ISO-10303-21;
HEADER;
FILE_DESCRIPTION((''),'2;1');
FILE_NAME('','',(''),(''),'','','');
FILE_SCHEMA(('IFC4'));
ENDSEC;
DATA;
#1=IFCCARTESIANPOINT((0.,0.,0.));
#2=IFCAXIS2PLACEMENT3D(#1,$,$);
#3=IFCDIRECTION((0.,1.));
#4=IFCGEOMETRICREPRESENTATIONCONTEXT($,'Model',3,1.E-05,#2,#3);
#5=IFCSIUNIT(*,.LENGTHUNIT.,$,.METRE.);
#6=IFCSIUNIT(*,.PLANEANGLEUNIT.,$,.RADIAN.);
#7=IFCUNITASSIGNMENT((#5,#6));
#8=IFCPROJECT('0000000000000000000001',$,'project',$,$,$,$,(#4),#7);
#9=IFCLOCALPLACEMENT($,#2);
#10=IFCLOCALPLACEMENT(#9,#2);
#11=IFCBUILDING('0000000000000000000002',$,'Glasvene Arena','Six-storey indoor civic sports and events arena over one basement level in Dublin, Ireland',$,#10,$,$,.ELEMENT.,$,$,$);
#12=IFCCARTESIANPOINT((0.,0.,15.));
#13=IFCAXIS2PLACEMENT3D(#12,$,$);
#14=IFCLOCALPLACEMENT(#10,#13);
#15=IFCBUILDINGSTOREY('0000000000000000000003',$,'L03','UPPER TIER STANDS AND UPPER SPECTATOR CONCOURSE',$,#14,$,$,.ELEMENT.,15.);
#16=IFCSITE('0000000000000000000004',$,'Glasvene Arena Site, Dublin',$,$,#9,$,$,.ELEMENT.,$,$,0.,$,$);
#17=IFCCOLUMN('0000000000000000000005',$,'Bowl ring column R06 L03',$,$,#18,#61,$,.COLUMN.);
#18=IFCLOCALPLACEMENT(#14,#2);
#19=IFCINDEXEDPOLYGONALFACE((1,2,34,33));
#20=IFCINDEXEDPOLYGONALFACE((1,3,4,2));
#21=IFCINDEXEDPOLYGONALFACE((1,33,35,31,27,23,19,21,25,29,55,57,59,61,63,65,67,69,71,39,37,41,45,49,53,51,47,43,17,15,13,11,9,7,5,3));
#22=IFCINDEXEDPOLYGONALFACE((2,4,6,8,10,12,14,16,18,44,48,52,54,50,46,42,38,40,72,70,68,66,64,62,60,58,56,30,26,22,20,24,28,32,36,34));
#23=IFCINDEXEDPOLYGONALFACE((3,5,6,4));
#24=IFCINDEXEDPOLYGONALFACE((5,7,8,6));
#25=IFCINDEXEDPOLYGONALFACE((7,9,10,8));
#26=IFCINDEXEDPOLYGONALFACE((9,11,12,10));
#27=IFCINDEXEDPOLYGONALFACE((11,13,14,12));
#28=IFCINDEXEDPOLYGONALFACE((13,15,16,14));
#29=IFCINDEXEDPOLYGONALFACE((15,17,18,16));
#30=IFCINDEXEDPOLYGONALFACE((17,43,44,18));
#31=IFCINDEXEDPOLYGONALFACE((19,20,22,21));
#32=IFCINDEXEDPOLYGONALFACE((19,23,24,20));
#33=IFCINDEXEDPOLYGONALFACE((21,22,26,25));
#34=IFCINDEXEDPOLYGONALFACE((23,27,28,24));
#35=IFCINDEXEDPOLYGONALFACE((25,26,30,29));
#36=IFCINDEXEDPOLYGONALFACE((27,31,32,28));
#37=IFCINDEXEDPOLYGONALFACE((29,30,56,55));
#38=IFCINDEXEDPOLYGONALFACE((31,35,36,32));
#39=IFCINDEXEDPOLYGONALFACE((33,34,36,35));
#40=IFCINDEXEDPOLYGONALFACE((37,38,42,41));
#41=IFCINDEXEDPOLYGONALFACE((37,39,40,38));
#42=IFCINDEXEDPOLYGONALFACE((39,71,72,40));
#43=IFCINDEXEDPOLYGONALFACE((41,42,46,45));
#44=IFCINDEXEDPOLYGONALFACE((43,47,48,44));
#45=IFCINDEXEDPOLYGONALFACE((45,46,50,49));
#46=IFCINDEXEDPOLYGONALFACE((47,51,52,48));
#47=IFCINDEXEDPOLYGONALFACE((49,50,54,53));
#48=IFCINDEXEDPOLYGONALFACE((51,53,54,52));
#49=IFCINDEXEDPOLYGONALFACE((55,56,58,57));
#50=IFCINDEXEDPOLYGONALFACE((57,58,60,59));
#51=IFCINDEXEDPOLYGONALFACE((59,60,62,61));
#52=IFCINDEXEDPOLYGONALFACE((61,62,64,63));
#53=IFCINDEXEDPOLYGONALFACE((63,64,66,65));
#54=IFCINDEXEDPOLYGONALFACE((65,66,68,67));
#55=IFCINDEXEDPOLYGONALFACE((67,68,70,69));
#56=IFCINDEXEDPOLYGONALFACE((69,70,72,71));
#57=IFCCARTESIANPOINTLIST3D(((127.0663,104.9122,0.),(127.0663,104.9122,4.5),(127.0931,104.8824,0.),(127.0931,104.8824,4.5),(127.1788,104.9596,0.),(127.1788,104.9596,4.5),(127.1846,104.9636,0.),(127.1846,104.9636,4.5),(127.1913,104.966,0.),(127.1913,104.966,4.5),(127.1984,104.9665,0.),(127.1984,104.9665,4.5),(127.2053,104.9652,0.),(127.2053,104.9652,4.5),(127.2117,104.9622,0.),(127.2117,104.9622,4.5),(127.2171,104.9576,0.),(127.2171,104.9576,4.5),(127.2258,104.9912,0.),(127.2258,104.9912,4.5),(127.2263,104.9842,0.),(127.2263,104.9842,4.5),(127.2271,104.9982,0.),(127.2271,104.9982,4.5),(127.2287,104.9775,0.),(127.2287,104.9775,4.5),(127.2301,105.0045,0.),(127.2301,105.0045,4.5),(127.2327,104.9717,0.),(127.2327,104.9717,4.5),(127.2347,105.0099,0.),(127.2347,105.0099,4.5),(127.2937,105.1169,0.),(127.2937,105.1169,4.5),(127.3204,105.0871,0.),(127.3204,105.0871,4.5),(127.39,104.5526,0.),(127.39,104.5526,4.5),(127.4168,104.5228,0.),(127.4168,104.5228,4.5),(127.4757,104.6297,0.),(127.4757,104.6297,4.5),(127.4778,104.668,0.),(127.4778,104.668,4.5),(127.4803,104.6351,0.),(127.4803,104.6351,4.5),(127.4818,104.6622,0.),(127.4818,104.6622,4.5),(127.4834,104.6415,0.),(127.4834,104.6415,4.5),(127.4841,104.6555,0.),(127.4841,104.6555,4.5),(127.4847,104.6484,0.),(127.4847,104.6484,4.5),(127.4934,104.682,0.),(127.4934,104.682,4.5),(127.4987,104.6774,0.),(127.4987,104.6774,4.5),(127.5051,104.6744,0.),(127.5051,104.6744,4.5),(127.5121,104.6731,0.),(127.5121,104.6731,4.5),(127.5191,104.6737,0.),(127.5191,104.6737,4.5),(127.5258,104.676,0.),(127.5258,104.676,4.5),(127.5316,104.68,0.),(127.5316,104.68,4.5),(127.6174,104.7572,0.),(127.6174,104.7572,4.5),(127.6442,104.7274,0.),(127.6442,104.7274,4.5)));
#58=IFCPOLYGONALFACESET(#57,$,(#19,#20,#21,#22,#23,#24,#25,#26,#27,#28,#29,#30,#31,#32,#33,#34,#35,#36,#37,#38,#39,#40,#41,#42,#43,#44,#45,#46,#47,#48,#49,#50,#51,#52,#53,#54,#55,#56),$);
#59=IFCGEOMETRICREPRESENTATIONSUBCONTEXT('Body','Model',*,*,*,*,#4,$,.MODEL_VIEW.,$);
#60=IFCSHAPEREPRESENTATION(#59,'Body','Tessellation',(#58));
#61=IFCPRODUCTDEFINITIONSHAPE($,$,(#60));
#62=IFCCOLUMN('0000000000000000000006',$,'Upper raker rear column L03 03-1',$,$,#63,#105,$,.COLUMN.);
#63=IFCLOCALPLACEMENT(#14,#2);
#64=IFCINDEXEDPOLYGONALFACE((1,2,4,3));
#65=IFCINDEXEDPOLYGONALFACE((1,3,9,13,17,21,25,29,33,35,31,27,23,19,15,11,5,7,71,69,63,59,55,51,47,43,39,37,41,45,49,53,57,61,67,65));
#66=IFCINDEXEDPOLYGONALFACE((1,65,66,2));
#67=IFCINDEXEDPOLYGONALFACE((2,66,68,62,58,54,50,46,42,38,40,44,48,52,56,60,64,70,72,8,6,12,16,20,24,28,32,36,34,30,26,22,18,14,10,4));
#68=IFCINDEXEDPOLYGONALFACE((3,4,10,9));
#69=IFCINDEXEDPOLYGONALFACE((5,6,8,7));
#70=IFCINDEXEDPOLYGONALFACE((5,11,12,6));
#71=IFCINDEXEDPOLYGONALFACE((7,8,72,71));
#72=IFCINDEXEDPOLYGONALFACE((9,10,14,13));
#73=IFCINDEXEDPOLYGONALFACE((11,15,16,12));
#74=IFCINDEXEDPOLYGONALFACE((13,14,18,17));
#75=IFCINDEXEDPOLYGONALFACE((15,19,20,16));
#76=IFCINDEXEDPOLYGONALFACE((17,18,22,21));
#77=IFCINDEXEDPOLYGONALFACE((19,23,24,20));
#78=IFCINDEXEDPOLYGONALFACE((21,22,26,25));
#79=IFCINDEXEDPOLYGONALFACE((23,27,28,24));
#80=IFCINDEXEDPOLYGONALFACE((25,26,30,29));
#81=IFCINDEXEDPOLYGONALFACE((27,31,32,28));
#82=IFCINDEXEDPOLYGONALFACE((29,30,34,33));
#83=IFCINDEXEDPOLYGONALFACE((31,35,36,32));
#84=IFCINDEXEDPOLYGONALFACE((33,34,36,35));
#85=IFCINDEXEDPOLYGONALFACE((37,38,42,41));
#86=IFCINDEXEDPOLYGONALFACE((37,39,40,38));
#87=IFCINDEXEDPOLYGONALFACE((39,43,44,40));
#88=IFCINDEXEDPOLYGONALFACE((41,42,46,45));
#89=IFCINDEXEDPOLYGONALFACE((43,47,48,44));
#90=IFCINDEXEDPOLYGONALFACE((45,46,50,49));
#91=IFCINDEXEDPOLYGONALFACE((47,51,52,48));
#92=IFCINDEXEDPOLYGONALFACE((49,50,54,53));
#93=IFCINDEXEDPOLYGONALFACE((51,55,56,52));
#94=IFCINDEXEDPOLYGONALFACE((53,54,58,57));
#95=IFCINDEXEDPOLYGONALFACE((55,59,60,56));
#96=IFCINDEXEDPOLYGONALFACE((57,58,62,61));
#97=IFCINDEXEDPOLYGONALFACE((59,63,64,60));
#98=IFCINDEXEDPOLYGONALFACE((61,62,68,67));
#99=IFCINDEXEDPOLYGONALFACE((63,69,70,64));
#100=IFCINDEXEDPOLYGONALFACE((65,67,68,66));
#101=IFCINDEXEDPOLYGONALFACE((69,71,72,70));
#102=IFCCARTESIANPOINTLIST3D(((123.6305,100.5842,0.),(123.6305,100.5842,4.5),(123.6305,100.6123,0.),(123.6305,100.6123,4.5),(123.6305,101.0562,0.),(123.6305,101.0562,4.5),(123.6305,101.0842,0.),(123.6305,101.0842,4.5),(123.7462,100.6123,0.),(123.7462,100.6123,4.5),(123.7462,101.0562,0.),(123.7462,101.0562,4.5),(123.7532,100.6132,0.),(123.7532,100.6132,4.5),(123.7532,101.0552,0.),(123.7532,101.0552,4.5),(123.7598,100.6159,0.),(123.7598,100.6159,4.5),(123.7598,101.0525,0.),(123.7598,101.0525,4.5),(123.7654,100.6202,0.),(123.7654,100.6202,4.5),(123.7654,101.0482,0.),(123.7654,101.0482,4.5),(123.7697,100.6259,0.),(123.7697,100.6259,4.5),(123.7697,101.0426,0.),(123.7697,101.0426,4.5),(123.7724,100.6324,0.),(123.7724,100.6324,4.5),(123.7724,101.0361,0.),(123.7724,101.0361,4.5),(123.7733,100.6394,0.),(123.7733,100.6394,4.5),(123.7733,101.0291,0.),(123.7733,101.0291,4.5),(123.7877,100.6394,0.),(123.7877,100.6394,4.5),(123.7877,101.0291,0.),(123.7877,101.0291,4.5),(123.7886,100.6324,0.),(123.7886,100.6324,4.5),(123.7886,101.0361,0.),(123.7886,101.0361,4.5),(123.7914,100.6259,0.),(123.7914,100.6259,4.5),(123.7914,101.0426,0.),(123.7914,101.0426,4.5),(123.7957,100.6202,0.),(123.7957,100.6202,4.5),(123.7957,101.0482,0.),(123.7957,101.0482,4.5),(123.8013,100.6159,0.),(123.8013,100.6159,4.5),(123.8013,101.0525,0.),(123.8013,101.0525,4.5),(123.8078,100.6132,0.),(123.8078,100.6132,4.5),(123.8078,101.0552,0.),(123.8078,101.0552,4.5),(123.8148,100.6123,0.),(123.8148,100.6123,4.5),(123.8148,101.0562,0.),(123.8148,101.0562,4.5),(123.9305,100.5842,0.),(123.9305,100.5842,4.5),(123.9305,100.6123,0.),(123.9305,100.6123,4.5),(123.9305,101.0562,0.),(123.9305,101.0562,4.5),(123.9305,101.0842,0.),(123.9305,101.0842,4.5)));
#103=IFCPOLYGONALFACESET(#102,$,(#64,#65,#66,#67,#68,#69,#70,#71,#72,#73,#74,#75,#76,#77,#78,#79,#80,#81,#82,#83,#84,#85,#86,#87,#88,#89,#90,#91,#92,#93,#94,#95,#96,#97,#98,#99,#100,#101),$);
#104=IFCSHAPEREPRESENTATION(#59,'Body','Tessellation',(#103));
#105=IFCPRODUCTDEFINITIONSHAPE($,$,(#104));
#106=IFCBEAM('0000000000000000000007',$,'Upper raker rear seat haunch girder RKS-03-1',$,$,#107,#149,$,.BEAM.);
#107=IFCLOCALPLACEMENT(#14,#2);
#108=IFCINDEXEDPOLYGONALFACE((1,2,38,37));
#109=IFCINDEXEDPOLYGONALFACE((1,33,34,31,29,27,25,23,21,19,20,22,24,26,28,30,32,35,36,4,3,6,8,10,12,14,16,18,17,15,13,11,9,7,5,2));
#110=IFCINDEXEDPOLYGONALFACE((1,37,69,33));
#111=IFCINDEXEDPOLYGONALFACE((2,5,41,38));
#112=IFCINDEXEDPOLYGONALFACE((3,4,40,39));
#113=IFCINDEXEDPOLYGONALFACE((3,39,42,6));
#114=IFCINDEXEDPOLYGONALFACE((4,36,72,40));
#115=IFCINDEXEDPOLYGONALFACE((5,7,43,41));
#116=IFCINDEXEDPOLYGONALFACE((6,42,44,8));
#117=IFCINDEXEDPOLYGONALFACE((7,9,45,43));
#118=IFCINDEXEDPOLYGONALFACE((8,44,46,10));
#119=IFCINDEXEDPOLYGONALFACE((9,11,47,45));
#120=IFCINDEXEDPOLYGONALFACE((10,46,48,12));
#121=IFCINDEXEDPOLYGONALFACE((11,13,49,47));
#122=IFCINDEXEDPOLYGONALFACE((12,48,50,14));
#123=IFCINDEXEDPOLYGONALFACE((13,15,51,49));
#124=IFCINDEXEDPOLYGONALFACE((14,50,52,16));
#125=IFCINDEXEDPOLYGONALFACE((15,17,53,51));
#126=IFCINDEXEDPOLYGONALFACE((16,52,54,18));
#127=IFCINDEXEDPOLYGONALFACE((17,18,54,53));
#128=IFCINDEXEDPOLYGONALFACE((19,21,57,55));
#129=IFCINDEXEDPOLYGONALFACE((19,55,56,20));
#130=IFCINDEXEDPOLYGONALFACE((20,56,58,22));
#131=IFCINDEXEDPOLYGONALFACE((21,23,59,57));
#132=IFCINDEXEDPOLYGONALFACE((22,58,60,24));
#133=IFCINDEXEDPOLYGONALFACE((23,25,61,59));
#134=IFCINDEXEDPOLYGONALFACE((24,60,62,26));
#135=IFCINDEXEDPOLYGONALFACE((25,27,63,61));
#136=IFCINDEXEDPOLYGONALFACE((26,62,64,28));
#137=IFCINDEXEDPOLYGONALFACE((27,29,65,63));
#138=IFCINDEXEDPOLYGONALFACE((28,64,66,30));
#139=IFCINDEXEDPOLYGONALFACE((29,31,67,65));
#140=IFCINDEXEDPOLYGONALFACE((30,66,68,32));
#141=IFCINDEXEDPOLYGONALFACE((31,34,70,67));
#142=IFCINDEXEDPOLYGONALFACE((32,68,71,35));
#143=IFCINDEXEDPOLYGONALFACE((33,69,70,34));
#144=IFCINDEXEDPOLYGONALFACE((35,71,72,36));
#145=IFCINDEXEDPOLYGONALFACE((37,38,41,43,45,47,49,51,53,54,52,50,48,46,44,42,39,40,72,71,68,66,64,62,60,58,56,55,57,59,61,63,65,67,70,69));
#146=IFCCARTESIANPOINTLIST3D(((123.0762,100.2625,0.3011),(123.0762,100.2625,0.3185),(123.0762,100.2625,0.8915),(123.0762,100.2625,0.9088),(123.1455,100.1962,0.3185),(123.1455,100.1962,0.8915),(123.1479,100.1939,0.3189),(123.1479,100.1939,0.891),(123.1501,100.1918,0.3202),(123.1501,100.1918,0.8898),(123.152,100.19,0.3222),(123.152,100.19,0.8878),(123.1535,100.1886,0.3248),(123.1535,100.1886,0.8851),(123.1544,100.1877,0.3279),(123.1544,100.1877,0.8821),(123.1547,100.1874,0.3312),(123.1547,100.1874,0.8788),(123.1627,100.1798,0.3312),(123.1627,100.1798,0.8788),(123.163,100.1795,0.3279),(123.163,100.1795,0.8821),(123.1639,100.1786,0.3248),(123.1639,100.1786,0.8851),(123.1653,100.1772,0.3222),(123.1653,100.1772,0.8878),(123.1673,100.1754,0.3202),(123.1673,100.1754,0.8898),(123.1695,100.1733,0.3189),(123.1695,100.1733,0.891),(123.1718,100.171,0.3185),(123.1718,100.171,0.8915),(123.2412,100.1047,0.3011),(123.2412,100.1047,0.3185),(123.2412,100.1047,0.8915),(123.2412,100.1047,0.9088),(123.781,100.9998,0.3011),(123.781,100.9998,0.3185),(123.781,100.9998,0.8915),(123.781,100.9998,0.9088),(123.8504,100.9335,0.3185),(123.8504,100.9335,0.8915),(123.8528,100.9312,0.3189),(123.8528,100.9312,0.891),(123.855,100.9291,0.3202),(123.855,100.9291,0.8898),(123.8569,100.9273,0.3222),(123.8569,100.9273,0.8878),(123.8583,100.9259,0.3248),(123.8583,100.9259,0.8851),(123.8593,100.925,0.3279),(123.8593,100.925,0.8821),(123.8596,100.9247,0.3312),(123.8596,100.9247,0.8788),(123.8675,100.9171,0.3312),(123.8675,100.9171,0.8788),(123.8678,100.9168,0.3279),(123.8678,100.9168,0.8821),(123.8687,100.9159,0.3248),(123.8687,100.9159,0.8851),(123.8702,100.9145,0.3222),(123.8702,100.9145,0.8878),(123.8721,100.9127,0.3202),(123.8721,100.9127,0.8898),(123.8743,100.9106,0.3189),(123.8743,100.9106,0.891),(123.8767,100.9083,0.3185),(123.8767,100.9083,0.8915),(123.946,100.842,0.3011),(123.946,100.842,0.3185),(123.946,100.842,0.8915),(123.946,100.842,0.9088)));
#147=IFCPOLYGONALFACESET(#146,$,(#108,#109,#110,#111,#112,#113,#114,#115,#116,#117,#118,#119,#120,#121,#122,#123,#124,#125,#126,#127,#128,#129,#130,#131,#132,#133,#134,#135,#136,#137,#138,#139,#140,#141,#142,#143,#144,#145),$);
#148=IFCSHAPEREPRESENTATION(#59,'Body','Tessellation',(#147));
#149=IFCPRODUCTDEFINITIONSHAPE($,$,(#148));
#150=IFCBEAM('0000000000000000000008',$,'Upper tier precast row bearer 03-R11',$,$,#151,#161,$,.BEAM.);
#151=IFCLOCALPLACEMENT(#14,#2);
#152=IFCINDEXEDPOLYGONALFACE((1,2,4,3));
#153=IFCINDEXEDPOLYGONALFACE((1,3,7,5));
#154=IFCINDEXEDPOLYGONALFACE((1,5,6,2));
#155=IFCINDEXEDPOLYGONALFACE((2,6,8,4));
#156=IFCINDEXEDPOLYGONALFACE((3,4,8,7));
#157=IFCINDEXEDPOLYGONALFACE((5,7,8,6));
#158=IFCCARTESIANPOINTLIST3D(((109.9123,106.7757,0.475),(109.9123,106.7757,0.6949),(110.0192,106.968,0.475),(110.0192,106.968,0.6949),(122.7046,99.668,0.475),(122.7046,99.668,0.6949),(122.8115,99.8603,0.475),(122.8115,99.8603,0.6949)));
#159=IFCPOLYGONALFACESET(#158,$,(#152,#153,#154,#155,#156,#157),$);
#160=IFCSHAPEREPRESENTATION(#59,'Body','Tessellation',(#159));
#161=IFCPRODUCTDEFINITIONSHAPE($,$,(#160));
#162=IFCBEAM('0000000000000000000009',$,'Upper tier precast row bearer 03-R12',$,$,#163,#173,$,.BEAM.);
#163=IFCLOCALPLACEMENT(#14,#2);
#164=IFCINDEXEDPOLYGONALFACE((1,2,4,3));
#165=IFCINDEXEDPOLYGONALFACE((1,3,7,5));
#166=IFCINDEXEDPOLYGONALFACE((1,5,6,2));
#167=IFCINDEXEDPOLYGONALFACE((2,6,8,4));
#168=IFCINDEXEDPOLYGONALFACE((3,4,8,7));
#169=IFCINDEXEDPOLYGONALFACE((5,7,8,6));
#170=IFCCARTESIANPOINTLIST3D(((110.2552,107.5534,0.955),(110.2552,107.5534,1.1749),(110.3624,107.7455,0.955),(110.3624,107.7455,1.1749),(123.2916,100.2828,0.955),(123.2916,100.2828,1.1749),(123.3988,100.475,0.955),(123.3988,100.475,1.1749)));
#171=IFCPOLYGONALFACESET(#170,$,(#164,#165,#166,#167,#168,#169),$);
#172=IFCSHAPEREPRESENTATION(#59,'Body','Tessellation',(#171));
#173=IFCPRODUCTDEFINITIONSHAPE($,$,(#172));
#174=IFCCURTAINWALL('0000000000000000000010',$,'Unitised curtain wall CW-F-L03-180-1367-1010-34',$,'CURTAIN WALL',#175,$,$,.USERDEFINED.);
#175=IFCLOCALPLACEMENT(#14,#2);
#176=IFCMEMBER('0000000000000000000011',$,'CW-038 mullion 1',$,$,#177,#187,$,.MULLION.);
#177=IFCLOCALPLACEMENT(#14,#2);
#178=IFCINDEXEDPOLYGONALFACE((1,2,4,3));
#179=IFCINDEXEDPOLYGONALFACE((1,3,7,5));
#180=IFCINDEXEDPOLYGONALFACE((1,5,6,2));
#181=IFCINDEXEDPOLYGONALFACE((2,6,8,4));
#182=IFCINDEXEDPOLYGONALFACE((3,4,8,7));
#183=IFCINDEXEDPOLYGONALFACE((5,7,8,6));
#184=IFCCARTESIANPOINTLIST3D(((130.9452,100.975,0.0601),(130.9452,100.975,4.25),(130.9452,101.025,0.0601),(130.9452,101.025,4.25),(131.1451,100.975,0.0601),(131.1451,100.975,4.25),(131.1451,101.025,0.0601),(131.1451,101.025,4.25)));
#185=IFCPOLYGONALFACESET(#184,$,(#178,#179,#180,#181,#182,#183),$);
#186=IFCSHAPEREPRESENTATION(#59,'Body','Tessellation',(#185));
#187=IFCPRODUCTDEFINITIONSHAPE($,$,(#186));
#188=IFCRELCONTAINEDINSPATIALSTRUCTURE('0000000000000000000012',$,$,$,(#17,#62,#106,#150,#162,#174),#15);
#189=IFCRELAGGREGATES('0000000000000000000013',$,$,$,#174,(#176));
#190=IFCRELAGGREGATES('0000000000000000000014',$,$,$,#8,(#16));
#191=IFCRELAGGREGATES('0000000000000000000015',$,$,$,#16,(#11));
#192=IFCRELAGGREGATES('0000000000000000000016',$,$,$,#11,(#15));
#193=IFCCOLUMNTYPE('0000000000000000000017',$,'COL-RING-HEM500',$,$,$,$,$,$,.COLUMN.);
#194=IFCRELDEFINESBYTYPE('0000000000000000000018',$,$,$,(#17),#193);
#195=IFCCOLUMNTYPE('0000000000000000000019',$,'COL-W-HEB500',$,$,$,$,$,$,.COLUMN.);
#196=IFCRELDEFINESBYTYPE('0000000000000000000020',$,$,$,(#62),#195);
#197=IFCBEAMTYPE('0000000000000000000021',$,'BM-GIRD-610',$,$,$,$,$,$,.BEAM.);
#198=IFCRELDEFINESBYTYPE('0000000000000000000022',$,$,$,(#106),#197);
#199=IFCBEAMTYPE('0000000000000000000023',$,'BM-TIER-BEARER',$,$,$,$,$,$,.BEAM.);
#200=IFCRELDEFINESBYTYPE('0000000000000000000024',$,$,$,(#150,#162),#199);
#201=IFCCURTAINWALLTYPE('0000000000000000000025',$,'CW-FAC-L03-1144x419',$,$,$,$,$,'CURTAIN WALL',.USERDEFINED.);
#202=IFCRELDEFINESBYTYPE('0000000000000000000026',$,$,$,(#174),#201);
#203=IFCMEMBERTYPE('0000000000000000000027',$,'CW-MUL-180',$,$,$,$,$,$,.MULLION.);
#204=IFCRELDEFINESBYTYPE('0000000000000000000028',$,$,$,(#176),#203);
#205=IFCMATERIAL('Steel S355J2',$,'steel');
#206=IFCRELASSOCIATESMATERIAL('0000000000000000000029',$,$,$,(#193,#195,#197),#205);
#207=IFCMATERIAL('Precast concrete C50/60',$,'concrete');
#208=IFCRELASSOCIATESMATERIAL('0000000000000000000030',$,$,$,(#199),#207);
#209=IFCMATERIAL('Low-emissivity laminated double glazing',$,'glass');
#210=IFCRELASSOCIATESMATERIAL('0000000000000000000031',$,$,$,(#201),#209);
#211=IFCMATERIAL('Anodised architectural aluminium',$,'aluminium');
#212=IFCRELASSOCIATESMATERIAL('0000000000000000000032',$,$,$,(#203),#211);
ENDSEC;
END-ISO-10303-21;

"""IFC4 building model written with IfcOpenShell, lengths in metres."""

from ifc_helpers import new_model, si_unit, direction, frame, origin, origin_2d, place, context, subcontext, project, spatial, rectangle, i_section, extrude, material, material_profile, profile_set, type_object, element, aggregate, save


model = new_model("IFC4")

# Units and contexts
model_context = context("Model", 3, precision=1e-05, world=origin(), true_north=direction((0.0, 1.0)))
body_context = subcontext(model_context, "Body", "Model", "MODEL_VIEW")
ifc_project = project(units=[si_unit("LENGTHUNIT", "METRE"), si_unit("PLANEANGLEUNIT", "RADIAN")], contexts=[model_context])

# Site, building, storey
site_placement = place(None, origin())
site = spatial("IfcSite", under=ifc_project, at=site_placement, Name="Glasvene Arena Site, Dublin", CompositionType="ELEMENT", RefElevation=0.0)
building_placement = place(site_placement, origin())
building = spatial("IfcBuilding", under=site, at=building_placement, Name="Glasvene Arena", Description="Six-storey indoor civic sports and events arena over one basement level in Dublin, Ireland", CompositionType="ELEMENT")
storey_placement = place(building_placement, frame((0.0, 0.0, 15.0)))
storey = spatial("IfcBuildingStorey", under=building, at=storey_placement, Name="L03", Description="UPPER TIER STANDS AND UPPER SPECTATOR CONCOURSE", CompositionType="ELEMENT", Elevation=15.0)

# Columns
ifc_material_1 = material(Name="Steel S355J2", Category="steel")
ifc_material_profile_1 = material_profile(ifc_material_1, i_section(OverallWidth=0.3059, OverallDepth=0.5239, WebThickness=0.021, FlangeThickness=0.04, FilletRadius=0.0271, at=origin_2d()), Name="HEM 500")
ifc_profile_set_1 = profile_set([ifc_material_profile_1], Name="Steel S355J2")
column_type_1 = type_object("IfcColumnType", Name="COL-RING-HEM500", PredefinedType="COLUMN", material=ifc_profile_set_1)
column_1_placement = place(storey_placement, frame((127.3552, 104.8198, 0.0), z_axis=(0.0, 0.0, 1.0), x_axis=(0.743262, 0.669001, 0.0)))
element("IfcColumn", 1, at=column_1_placement, inside=storey, type_object=column_type_1, Name="Bowl ring column R06 L03", PredefinedType="COLUMN", context=body_context, shape_type="SweptSolid", body=[
    extrude(i_section(OverallWidth=0.3059, OverallDepth=0.5239, WebThickness=0.021, FlangeThickness=0.04, FilletRadius=0.0271, at=origin_2d()), origin(), (0.0, 0.0, 1.0), 4.5),
])
ifc_material_profile_2 = material_profile(ifc_material_1, i_section(OverallWidth=0.3, OverallDepth=0.5, WebThickness=0.0144, FlangeThickness=0.0281, FilletRadius=0.0271, at=origin_2d()), Name="HEB 500")
ifc_profile_set_2 = profile_set([ifc_material_profile_2], Name="Steel S355J2")
column_type_2 = type_object("IfcColumnType", Name="COL-W-HEB500", PredefinedType="COLUMN", material=ifc_profile_set_2)
column_2_placement = place(storey_placement, frame((123.7805, 100.8342, 0.0), z_axis=(0.0, 0.0, 1.0), x_axis=(1.0, 0.0, 0.0)))
element("IfcColumn", 2, at=column_2_placement, inside=storey, type_object=column_type_2, Name="Upper raker rear column L03 03-1", PredefinedType="COLUMN", context=body_context, shape_type="SweptSolid", body=[
    extrude(i_section(OverallWidth=0.3, OverallDepth=0.5, WebThickness=0.0144, FlangeThickness=0.0281, FilletRadius=0.0271, at=origin_2d()), origin(), (0.0, 0.0, 1.0), 4.5),
])

# Beams
ifc_material_profile_3 = material_profile(ifc_material_1, i_section(OverallWidth=0.2283, OverallDepth=0.6077, WebThickness=0.011, FlangeThickness=0.0173, FilletRadius=0.0127, at=origin_2d()), Name="UKB 610x229x113")
ifc_profile_set_3 = profile_set([ifc_material_profile_3], Name="Steel S355J2")
beam_type_1 = type_object("IfcBeamType", Name="BM-GIRD-610", PredefinedType="BEAM", material=ifc_profile_set_3)
beam_1_placement = place(storey_placement, frame((123.1587, 100.1836, 0.605), z_axis=(0.691011, 0.722845, 0.0), x_axis=(-0.722845, 0.691011, 0.0)))
element("IfcBeam", 3, at=beam_1_placement, inside=storey, type_object=beam_type_1, Name="Upper raker rear seat haunch girder RKS-03-1", PredefinedType="BEAM", context=body_context, shape_type="SweptSolid", body=[
    extrude(i_section(OverallWidth=0.2283, OverallDepth=0.6077, WebThickness=0.011, FlangeThickness=0.0173, FilletRadius=0.0127, at=origin_2d()), origin(), (0.0, 0.0, 1.0), 1.02),
])
ifc_material_2 = material(Name="Precast concrete C50/60", Category="concrete")
ifc_material_profile_4 = material_profile(ifc_material_2, rectangle(XDim=0.22, YDim=0.22, at=origin_2d()), Name="RC 220x220")
ifc_profile_set_4 = profile_set([ifc_material_profile_4], Name="Precast concrete C50/60")
beam_type_2 = type_object("IfcBeamType", Name="BM-TIER-BEARER", PredefinedType="BEAM", material=ifc_profile_set_4)
beam_2_placement = place(storey_placement, frame((122.7581, 99.7642, 0.585), z_axis=(-0.874132, 0.485688, 0.0), x_axis=(-0.485688, -0.874132, 0.0)))
element("IfcBeam", 4, at=beam_2_placement, inside=storey, type_object=beam_type_2, Name="Upper tier precast row bearer 03-R11", PredefinedType="BEAM", context=body_context, shape_type="SweptSolid", body=[
    extrude(rectangle(XDim=0.22, YDim=0.22, at=origin_2d()), origin(), (0.0, 0.0, 1.0), 14.6343),
])
beam_3_placement = place(storey_placement, frame((123.3452, 100.3789, 1.0649), z_axis=(-0.873358, 0.48708, 0.0), x_axis=(-0.48708, -0.873358, 0.0)))
element("IfcBeam", 5, at=beam_3_placement, inside=storey, type_object=beam_type_2, Name="Upper tier precast row bearer 03-R12", PredefinedType="BEAM", context=body_context, shape_type="SweptSolid", body=[
    extrude(rectangle(XDim=0.22, YDim=0.22, at=origin_2d()), origin(), (0.0, 0.0, 1.0), 14.9268),
])

# Curtain wall, member
ifc_material_3 = material(Name="Low-emissivity laminated double glazing", Category="glass")
curtain_wall_type = type_object("IfcCurtainWallType", Name="CW-FAC-L03-1144x419", ElementType="CURTAIN WALL", PredefinedType="USERDEFINED", material=ifc_material_3)
curtain_wall_placement = place(storey_placement, frame((131.0203, 101.0, 0.0)))
curtain_wall = element("IfcCurtainWall", 6, at=curtain_wall_placement, inside=storey, type_object=curtain_wall_type, Name="Unitised curtain wall CW-F-L03-180-1367-1010-34", ObjectType="CURTAIN WALL", PredefinedType="USERDEFINED")
ifc_material_4 = material(Name="Anodised architectural aluminium", Category="aluminium")
ifc_material_profile_5 = material_profile(ifc_material_4, rectangle(XDim=0.05, YDim=0.2, at=origin_2d()), Name="ALU MULLION 50x200")
ifc_profile_set_5 = profile_set([ifc_material_profile_5], Name="Anodised architectural aluminium")
member_type_1 = type_object("IfcMemberType", Name="CW-MUL-180", PredefinedType="MULLION", material=ifc_profile_set_5)
member_1_placement = place(storey_placement, frame((131.0452, 101.0, 0.0601), z_axis=(0.0, 0.0, 1.0), x_axis=(0.0, 1.0, 0.0)))
member_1 = element("IfcMember", 7, at=member_1_placement, type_object=member_type_1, Name="CW-038 mullion 1", PredefinedType="MULLION", context=body_context, shape_type="SweptSolid", body=[
    extrude(rectangle(XDim=0.05, YDim=0.2, at=origin_2d()), origin(), (0.0, 0.0, 1.0), 4.1899),
])
aggregate(curtain_wall, [member_1])

save(model, "model.ifc")
